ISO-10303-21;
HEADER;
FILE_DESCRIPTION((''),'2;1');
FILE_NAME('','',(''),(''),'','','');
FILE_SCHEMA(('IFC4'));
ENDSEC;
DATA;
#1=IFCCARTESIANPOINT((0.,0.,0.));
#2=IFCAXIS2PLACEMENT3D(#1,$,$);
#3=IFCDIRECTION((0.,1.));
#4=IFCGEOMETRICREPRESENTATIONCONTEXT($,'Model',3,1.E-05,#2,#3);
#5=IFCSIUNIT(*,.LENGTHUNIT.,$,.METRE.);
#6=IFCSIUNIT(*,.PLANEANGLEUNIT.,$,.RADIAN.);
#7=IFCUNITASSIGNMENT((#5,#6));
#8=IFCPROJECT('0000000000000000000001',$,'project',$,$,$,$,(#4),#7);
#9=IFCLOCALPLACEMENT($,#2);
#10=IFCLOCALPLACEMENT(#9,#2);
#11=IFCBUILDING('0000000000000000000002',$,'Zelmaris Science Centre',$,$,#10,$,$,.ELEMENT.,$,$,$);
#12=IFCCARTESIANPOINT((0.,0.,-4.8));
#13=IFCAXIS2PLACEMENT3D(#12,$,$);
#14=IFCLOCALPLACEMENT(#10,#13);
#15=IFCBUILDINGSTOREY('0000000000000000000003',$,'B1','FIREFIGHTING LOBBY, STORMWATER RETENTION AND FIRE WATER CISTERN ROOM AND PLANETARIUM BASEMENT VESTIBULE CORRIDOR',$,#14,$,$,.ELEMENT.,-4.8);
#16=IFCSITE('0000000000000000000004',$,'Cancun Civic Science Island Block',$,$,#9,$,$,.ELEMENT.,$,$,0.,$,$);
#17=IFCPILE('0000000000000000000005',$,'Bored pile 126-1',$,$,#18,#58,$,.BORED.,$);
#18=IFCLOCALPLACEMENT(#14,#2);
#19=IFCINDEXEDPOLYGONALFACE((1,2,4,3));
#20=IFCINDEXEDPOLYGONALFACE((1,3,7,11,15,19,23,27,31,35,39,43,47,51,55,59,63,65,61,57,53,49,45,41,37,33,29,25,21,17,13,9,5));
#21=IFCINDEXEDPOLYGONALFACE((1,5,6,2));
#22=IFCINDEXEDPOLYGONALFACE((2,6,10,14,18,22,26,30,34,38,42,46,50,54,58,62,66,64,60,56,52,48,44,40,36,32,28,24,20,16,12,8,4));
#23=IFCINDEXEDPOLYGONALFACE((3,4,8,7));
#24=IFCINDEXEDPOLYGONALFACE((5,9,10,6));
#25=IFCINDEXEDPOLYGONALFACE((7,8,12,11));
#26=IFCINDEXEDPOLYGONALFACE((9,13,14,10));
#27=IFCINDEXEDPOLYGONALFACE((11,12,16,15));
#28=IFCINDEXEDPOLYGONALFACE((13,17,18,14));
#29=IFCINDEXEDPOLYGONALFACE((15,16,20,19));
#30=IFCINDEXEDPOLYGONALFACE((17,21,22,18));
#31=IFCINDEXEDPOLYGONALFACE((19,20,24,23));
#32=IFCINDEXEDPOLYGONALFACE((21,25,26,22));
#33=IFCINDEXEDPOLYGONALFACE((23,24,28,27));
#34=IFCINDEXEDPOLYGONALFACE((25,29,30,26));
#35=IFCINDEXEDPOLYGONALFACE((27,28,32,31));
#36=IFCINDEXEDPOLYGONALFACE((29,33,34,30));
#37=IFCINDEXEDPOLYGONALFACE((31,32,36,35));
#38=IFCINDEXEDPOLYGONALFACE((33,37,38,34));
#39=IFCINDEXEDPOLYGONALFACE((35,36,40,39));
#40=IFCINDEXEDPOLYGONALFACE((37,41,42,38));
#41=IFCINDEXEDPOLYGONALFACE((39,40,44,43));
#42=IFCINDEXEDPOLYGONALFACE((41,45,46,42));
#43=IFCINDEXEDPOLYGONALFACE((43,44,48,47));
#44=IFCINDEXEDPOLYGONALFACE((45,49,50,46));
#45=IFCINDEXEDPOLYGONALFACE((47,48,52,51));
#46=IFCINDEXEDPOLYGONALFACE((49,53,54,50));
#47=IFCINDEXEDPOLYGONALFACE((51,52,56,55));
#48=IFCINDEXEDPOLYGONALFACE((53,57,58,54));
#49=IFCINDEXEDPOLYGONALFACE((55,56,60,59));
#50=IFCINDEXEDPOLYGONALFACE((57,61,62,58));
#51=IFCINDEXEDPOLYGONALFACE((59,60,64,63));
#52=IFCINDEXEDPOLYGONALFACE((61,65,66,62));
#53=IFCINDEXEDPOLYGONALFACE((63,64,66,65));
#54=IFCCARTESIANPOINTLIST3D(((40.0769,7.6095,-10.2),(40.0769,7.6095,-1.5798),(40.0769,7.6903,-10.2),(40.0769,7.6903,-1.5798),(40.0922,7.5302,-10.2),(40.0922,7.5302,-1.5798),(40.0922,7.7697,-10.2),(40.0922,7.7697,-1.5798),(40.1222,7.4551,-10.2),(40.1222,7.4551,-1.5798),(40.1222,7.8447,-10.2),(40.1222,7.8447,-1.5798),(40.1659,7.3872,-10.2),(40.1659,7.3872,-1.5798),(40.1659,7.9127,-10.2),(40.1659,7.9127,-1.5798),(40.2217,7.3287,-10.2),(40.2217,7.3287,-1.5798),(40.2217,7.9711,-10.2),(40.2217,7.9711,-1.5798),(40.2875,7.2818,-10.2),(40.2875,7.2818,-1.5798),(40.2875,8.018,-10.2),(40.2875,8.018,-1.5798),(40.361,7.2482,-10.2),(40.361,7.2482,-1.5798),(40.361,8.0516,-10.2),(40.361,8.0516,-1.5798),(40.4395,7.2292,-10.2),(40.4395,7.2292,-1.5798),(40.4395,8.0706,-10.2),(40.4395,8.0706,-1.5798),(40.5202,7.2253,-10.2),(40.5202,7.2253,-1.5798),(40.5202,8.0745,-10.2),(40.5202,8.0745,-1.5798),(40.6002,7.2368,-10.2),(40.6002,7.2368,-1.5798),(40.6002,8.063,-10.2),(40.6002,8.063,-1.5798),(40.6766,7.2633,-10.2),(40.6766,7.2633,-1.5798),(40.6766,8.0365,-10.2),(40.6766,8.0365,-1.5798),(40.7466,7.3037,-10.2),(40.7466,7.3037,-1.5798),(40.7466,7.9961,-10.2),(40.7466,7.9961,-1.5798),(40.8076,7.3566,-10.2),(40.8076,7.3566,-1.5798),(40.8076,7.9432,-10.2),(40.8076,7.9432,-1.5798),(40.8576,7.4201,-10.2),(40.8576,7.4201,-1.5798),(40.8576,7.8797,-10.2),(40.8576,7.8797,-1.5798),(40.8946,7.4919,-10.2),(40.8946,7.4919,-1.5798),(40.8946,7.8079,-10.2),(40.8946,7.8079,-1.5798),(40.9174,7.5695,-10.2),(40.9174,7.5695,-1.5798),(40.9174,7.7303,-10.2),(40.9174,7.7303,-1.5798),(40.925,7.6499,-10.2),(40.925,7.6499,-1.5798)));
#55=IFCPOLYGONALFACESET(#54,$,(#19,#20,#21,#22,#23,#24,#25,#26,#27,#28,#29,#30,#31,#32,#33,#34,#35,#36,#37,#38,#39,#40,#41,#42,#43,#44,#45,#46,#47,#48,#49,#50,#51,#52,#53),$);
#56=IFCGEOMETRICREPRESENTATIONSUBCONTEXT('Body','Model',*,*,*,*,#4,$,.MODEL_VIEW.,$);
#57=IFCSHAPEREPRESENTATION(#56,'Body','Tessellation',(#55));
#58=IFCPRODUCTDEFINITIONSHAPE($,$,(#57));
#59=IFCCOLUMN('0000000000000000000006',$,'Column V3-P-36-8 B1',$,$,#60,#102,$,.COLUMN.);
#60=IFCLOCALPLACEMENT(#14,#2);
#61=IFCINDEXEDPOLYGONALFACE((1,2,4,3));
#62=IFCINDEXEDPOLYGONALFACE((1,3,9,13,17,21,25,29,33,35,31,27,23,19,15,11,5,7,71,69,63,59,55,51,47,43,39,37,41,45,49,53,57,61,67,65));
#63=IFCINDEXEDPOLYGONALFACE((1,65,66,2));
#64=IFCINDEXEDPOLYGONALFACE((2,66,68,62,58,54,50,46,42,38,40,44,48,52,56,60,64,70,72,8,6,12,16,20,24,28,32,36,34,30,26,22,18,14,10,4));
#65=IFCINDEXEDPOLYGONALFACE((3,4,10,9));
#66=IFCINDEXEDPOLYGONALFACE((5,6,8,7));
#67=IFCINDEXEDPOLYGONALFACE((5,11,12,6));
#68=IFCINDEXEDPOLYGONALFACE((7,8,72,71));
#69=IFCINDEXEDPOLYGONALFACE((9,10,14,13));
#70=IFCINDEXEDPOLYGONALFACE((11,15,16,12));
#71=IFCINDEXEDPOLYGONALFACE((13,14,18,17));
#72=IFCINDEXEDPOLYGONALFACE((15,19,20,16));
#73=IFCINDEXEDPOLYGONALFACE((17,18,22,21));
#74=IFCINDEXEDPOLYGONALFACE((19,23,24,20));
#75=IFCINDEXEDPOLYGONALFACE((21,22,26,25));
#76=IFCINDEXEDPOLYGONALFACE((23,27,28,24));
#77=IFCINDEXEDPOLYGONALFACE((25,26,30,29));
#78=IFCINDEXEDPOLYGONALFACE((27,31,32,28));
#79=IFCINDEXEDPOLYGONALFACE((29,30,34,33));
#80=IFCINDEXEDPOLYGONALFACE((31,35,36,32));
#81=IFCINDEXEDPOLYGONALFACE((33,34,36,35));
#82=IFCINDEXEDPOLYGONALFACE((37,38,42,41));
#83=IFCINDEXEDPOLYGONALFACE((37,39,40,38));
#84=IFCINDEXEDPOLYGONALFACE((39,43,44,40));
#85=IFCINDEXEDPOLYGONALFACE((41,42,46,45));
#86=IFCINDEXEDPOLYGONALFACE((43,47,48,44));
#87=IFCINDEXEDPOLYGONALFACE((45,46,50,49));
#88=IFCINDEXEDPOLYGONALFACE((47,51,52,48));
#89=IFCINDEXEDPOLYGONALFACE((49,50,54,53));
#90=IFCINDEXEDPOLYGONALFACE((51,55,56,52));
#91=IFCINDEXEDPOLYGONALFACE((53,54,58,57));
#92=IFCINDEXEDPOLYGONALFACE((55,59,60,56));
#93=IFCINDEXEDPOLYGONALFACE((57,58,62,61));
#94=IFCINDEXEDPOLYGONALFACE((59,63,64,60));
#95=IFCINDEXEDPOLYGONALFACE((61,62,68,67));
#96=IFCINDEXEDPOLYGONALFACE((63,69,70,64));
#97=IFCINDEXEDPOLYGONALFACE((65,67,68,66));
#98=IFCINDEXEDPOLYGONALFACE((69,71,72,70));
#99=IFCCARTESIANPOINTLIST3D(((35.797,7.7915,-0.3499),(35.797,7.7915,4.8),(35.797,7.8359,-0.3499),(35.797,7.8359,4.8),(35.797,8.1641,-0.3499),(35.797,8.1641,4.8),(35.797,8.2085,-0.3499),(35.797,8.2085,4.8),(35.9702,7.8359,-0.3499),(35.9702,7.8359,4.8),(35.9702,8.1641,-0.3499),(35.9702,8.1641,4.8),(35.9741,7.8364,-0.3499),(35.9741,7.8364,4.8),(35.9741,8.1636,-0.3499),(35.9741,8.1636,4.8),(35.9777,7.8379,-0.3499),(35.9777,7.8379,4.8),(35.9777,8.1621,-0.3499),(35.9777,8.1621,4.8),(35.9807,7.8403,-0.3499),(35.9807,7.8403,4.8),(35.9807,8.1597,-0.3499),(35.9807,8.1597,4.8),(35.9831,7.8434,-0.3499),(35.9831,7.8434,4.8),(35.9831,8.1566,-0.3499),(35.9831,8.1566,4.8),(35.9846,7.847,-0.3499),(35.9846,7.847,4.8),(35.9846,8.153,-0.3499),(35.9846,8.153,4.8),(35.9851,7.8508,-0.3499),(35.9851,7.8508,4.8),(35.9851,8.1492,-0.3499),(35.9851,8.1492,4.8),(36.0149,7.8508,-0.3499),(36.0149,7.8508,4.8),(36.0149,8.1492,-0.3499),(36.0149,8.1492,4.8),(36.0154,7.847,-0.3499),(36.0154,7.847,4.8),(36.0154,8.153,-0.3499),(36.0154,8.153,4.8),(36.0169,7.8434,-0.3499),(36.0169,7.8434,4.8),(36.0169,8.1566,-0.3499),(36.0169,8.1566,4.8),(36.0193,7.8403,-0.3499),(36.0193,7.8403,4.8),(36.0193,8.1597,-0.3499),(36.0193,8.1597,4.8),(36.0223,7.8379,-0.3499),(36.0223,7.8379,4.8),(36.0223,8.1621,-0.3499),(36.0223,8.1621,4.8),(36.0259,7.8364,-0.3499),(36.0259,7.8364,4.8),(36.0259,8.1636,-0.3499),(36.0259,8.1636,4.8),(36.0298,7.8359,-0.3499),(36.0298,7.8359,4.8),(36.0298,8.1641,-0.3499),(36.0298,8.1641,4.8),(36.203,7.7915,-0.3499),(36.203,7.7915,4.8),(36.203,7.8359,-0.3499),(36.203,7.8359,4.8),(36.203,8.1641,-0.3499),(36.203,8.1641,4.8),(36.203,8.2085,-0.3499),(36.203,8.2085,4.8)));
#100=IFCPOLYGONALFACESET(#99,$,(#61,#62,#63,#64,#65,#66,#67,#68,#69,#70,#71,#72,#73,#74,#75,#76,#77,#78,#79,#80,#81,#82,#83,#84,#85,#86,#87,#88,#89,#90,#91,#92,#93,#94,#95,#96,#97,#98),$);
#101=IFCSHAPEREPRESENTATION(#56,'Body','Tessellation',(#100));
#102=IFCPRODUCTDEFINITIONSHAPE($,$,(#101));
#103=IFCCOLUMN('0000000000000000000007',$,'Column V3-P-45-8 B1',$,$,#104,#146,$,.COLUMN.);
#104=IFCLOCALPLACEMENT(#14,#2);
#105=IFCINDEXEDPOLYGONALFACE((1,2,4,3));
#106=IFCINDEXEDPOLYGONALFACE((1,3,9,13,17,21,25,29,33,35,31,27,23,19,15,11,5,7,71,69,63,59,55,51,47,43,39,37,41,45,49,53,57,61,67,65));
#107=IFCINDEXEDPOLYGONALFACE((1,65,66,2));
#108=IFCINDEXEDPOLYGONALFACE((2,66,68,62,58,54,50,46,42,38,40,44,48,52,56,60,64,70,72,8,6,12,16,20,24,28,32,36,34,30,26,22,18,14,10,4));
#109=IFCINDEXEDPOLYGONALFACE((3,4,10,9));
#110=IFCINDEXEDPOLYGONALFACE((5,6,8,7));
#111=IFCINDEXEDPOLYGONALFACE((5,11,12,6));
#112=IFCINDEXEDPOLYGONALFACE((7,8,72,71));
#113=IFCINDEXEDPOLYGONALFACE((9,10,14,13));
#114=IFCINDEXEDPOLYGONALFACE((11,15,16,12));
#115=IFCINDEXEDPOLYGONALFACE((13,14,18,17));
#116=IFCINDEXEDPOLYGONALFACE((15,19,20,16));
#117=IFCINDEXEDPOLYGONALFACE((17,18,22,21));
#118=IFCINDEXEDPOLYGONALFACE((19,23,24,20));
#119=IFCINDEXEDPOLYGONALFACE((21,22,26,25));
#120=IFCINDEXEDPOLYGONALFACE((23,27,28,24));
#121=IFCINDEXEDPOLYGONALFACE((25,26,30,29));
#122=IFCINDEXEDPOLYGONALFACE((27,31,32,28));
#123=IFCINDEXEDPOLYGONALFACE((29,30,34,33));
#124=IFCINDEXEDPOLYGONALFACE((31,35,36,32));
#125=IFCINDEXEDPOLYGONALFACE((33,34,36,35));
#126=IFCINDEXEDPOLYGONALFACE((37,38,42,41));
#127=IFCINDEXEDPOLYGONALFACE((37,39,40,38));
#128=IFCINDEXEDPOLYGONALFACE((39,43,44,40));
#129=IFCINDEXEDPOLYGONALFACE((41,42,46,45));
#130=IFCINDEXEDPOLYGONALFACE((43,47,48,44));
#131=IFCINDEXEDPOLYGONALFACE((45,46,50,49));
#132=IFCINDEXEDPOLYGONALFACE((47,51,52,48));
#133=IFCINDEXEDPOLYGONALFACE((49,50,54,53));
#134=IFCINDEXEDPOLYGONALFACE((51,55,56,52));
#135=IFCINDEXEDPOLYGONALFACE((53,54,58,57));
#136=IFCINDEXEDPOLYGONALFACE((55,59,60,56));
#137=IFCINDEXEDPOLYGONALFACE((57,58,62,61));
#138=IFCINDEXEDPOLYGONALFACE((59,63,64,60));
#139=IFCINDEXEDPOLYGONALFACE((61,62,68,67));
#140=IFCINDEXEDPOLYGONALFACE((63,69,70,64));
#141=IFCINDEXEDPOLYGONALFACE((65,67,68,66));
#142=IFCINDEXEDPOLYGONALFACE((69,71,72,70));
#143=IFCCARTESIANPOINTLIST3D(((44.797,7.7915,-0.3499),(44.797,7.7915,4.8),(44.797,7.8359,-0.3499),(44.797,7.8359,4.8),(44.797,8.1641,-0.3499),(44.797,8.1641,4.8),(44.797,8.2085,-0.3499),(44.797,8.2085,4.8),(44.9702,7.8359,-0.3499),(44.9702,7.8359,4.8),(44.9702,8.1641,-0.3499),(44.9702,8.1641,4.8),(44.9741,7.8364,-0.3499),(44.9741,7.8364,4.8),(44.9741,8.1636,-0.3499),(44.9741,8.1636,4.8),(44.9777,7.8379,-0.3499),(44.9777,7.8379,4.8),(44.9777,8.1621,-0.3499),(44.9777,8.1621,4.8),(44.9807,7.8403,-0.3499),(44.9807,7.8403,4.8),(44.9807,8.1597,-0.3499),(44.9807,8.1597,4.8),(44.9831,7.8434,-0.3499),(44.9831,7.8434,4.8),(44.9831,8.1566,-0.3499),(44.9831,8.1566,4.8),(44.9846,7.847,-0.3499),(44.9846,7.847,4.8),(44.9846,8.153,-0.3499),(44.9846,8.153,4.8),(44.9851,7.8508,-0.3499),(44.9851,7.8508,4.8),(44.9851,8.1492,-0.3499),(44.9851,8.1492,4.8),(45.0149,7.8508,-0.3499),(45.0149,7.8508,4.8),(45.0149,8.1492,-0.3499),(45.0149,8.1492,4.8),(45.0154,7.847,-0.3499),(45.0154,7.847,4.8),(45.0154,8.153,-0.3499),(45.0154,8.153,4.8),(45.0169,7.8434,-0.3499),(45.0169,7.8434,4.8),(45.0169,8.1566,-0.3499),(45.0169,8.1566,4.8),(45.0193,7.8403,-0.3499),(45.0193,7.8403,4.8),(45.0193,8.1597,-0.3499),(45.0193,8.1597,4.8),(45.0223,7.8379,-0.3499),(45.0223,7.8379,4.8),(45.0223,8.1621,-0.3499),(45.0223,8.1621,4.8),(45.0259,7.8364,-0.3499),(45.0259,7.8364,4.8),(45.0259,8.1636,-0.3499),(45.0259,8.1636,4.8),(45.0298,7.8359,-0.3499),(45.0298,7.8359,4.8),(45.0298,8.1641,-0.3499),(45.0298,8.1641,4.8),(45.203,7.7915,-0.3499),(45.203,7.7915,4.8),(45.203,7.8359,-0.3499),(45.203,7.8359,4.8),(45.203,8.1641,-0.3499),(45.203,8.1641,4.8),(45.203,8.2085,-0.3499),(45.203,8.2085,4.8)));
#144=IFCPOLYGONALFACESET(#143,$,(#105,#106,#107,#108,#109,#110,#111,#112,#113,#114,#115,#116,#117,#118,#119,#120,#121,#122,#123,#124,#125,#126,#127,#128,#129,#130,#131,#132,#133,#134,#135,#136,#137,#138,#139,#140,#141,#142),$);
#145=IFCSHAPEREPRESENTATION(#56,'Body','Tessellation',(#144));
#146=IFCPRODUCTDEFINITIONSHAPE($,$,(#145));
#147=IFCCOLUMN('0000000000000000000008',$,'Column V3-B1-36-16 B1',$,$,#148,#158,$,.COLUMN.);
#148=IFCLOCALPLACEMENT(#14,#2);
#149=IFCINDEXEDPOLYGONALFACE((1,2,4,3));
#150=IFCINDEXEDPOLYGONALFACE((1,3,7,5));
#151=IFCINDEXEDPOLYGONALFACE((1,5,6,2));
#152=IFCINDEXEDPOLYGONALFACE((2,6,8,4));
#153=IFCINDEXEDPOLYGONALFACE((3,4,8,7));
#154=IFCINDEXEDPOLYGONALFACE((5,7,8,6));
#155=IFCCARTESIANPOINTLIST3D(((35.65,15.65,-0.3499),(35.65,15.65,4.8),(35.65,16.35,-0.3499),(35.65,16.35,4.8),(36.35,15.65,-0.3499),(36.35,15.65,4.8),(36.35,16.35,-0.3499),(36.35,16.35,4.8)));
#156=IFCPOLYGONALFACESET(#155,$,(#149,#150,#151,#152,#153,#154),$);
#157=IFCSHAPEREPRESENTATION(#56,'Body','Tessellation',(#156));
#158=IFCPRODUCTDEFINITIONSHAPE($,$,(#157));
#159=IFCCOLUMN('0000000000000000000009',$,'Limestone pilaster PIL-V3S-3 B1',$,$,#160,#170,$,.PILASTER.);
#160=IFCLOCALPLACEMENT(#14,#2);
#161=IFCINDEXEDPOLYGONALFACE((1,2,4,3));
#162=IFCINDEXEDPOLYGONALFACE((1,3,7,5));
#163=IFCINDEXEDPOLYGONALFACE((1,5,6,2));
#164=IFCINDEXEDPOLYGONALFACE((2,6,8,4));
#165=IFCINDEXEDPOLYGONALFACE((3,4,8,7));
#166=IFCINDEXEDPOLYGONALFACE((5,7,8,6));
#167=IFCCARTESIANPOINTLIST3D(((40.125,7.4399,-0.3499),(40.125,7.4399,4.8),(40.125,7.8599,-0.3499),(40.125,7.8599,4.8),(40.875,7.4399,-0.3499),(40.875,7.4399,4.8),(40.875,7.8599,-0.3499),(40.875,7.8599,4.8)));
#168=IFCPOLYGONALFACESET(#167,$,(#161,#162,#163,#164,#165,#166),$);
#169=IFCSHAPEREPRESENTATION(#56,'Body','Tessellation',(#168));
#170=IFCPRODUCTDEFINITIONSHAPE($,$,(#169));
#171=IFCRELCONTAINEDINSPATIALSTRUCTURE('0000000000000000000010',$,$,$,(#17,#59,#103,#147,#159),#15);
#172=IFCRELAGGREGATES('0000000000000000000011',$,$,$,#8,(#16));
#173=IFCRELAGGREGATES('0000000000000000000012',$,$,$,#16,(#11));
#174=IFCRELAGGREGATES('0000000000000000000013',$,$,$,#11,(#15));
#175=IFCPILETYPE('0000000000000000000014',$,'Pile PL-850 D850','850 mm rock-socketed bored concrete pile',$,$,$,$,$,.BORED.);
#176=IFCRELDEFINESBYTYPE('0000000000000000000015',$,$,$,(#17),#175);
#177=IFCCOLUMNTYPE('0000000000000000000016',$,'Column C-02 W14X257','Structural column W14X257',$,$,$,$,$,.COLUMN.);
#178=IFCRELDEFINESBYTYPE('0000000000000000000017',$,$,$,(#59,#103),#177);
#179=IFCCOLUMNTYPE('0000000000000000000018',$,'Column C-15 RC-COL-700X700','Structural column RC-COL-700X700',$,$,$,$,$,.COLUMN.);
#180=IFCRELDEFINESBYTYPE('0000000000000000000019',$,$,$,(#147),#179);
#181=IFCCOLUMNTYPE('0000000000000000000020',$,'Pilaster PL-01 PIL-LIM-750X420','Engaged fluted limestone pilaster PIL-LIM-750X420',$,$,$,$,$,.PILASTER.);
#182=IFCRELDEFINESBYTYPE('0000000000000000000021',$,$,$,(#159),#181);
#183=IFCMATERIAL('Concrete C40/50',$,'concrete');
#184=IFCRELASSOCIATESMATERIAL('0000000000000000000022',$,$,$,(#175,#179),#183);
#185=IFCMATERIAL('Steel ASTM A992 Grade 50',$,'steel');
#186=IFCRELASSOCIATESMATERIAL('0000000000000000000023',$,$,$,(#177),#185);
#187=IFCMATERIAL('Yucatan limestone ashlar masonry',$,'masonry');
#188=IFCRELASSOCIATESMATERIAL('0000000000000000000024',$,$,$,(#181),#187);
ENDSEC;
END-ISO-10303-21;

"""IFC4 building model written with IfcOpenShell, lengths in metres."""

from ifc_helpers import new_model, si_unit, direction, frame, origin, origin_2d, place, context, subcontext, project, spatial, rectangle, circle, i_section, extrude, material, material_profile, profile_set, type_object, element, save


model = new_model("IFC4")

# Units and contexts
model_context = context("Model", 3, precision=1e-05, world=origin(), true_north=direction((0.0, 1.0)))
body_context = subcontext(model_context, "Body", "Model", "MODEL_VIEW")
ifc_project = project(units=[si_unit("LENGTHUNIT", "METRE"), si_unit("PLANEANGLEUNIT", "RADIAN")], contexts=[model_context])

# Site, building, storey
site_placement = place(None, origin())
site = spatial("IfcSite", under=ifc_project, at=site_placement, Name="Cancun Civic Science Island Block", CompositionType="ELEMENT", RefElevation=0.0)
building_placement = place(site_placement, origin())
building = spatial("IfcBuilding", under=site, at=building_placement, Name="Zelmaris Science Centre", CompositionType="ELEMENT")
storey_placement = place(building_placement, frame((0.0, 0.0, -4.8)))
storey = spatial("IfcBuildingStorey", under=building, at=storey_placement, Name="B1", Description="FIREFIGHTING LOBBY, STORMWATER RETENTION AND FIRE WATER CISTERN ROOM AND PLANETARIUM BASEMENT VESTIBULE CORRIDOR", CompositionType="ELEMENT", Elevation=-4.8)

# Shared definitions
ifc_material_1 = material(Name="Concrete C40/50", Category="concrete")

# Pile
ifc_material_profile_1 = material_profile(ifc_material_1, circle(Radius=0.425, at=origin_2d()), Name="PILE-850")
ifc_profile_set_1 = profile_set([ifc_material_profile_1], Name="Concrete C40/50")
pile_type_1 = type_object("IfcPileType", Name="Pile PL-850 D850", Description="850 mm rock-socketed bored concrete pile", PredefinedType="BORED", material=ifc_profile_set_1)
pile_1_placement = place(storey_placement, frame((40.5, 7.6499, -1.5798), z_axis=(0.0, 0.0, -1.0), x_axis=(1.0, 0.0, 0.0)))
element("IfcPile", 1, at=pile_1_placement, inside=storey, type_object=pile_type_1, Name="Bored pile 126-1", PredefinedType="BORED", context=body_context, shape_type="SweptSolid", body=[
    extrude(circle(Radius=0.425, at=origin_2d()), origin(), (0.0, 0.0, 1.0), 8.6201),
])

# Columns
ifc_material_2 = material(Name="Steel ASTM A992 Grade 50", Category="steel")
ifc_material_profile_2 = material_profile(ifc_material_2, i_section(OverallWidth=0.406, OverallDepth=0.417, WebThickness=0.0298, FlangeThickness=0.0444, FilletRadius=0.0149, at=origin_2d()), Name="W14X257")
ifc_profile_set_2 = profile_set([ifc_material_profile_2], Name="Steel ASTM A992 Grade 50")
column_type_1 = type_object("IfcColumnType", Name="Column C-02 W14X257", Description="Structural column W14X257", PredefinedType="COLUMN", material=ifc_profile_set_2)
for number, where, z_axis, x_axis, name in (
    (2, (36.0, 8.0, -0.3499), (0.0, 0.0, 1.0), (1.0, 0.0, 0.0), "Column V3-P-36-8 B1"),
    (3, (45.0, 8.0, -0.3499), (0.0, 0.0, 1.0), (1.0, 0.0, 0.0), "Column V3-P-45-8 B1"),
):
    element("IfcColumn", number, at=place(storey_placement, frame(where, z_axis=z_axis, x_axis=x_axis)), inside=storey, type_object=column_type_1, Name=name, PredefinedType="COLUMN", context=body_context, shape_type="SweptSolid", body=[
        extrude(i_section(OverallWidth=0.406, OverallDepth=0.417, WebThickness=0.0298, FlangeThickness=0.0444, FilletRadius=0.0149, at=origin_2d()), origin(), (0.0, 0.0, 1.0), 5.1499),
    ])
ifc_material_profile_3 = material_profile(ifc_material_1, rectangle(XDim=0.7, YDim=0.7, at=origin_2d()), Name="RC-COL-700X700")
ifc_profile_set_3 = profile_set([ifc_material_profile_3], Name="Concrete C40/50")
column_type_2 = type_object("IfcColumnType", Name="Column C-15 RC-COL-700X700", Description="Structural column RC-COL-700X700", PredefinedType="COLUMN", material=ifc_profile_set_3)
column_1_placement = place(storey_placement, frame((36.0, 16.0, -0.3499), z_axis=(0.0, 0.0, 1.0), x_axis=(1.0, 0.0, 0.0)))
element("IfcColumn", 4, at=column_1_placement, inside=storey, type_object=column_type_2, Name="Column V3-B1-36-16 B1", PredefinedType="COLUMN", context=body_context, shape_type="SweptSolid", body=[
    extrude(rectangle(XDim=0.7, YDim=0.7, at=origin_2d()), origin(), (0.0, 0.0, 1.0), 5.1499),
])
ifc_material_3 = material(Name="Yucatan limestone ashlar masonry", Category="masonry")
ifc_material_profile_4 = material_profile(ifc_material_3, rectangle(XDim=0.75, YDim=0.4199, at=origin_2d()), Name="PIL-LIM-750X420")
ifc_profile_set_4 = profile_set([ifc_material_profile_4], Name="Yucatan limestone ashlar masonry")
column_type_3 = type_object("IfcColumnType", Name="Pilaster PL-01 PIL-LIM-750X420", Description="Engaged fluted limestone pilaster PIL-LIM-750X420", PredefinedType="PILASTER", material=ifc_profile_set_4)
column_2_placement = place(storey_placement, frame((40.5, 7.6499, -0.3499), z_axis=(0.0, 0.0, 1.0), x_axis=(1.0, 0.0, 0.0)))
element("IfcColumn", 5, at=column_2_placement, inside=storey, type_object=column_type_3, Name="Limestone pilaster PIL-V3S-3 B1", PredefinedType="PILASTER", context=body_context, shape_type="SweptSolid", body=[
    extrude(rectangle(XDim=0.75, YDim=0.4199, at=origin_2d()), origin(), (0.0, 0.0, 1.0), 5.1499),
])

save(model, "model.ifc")
